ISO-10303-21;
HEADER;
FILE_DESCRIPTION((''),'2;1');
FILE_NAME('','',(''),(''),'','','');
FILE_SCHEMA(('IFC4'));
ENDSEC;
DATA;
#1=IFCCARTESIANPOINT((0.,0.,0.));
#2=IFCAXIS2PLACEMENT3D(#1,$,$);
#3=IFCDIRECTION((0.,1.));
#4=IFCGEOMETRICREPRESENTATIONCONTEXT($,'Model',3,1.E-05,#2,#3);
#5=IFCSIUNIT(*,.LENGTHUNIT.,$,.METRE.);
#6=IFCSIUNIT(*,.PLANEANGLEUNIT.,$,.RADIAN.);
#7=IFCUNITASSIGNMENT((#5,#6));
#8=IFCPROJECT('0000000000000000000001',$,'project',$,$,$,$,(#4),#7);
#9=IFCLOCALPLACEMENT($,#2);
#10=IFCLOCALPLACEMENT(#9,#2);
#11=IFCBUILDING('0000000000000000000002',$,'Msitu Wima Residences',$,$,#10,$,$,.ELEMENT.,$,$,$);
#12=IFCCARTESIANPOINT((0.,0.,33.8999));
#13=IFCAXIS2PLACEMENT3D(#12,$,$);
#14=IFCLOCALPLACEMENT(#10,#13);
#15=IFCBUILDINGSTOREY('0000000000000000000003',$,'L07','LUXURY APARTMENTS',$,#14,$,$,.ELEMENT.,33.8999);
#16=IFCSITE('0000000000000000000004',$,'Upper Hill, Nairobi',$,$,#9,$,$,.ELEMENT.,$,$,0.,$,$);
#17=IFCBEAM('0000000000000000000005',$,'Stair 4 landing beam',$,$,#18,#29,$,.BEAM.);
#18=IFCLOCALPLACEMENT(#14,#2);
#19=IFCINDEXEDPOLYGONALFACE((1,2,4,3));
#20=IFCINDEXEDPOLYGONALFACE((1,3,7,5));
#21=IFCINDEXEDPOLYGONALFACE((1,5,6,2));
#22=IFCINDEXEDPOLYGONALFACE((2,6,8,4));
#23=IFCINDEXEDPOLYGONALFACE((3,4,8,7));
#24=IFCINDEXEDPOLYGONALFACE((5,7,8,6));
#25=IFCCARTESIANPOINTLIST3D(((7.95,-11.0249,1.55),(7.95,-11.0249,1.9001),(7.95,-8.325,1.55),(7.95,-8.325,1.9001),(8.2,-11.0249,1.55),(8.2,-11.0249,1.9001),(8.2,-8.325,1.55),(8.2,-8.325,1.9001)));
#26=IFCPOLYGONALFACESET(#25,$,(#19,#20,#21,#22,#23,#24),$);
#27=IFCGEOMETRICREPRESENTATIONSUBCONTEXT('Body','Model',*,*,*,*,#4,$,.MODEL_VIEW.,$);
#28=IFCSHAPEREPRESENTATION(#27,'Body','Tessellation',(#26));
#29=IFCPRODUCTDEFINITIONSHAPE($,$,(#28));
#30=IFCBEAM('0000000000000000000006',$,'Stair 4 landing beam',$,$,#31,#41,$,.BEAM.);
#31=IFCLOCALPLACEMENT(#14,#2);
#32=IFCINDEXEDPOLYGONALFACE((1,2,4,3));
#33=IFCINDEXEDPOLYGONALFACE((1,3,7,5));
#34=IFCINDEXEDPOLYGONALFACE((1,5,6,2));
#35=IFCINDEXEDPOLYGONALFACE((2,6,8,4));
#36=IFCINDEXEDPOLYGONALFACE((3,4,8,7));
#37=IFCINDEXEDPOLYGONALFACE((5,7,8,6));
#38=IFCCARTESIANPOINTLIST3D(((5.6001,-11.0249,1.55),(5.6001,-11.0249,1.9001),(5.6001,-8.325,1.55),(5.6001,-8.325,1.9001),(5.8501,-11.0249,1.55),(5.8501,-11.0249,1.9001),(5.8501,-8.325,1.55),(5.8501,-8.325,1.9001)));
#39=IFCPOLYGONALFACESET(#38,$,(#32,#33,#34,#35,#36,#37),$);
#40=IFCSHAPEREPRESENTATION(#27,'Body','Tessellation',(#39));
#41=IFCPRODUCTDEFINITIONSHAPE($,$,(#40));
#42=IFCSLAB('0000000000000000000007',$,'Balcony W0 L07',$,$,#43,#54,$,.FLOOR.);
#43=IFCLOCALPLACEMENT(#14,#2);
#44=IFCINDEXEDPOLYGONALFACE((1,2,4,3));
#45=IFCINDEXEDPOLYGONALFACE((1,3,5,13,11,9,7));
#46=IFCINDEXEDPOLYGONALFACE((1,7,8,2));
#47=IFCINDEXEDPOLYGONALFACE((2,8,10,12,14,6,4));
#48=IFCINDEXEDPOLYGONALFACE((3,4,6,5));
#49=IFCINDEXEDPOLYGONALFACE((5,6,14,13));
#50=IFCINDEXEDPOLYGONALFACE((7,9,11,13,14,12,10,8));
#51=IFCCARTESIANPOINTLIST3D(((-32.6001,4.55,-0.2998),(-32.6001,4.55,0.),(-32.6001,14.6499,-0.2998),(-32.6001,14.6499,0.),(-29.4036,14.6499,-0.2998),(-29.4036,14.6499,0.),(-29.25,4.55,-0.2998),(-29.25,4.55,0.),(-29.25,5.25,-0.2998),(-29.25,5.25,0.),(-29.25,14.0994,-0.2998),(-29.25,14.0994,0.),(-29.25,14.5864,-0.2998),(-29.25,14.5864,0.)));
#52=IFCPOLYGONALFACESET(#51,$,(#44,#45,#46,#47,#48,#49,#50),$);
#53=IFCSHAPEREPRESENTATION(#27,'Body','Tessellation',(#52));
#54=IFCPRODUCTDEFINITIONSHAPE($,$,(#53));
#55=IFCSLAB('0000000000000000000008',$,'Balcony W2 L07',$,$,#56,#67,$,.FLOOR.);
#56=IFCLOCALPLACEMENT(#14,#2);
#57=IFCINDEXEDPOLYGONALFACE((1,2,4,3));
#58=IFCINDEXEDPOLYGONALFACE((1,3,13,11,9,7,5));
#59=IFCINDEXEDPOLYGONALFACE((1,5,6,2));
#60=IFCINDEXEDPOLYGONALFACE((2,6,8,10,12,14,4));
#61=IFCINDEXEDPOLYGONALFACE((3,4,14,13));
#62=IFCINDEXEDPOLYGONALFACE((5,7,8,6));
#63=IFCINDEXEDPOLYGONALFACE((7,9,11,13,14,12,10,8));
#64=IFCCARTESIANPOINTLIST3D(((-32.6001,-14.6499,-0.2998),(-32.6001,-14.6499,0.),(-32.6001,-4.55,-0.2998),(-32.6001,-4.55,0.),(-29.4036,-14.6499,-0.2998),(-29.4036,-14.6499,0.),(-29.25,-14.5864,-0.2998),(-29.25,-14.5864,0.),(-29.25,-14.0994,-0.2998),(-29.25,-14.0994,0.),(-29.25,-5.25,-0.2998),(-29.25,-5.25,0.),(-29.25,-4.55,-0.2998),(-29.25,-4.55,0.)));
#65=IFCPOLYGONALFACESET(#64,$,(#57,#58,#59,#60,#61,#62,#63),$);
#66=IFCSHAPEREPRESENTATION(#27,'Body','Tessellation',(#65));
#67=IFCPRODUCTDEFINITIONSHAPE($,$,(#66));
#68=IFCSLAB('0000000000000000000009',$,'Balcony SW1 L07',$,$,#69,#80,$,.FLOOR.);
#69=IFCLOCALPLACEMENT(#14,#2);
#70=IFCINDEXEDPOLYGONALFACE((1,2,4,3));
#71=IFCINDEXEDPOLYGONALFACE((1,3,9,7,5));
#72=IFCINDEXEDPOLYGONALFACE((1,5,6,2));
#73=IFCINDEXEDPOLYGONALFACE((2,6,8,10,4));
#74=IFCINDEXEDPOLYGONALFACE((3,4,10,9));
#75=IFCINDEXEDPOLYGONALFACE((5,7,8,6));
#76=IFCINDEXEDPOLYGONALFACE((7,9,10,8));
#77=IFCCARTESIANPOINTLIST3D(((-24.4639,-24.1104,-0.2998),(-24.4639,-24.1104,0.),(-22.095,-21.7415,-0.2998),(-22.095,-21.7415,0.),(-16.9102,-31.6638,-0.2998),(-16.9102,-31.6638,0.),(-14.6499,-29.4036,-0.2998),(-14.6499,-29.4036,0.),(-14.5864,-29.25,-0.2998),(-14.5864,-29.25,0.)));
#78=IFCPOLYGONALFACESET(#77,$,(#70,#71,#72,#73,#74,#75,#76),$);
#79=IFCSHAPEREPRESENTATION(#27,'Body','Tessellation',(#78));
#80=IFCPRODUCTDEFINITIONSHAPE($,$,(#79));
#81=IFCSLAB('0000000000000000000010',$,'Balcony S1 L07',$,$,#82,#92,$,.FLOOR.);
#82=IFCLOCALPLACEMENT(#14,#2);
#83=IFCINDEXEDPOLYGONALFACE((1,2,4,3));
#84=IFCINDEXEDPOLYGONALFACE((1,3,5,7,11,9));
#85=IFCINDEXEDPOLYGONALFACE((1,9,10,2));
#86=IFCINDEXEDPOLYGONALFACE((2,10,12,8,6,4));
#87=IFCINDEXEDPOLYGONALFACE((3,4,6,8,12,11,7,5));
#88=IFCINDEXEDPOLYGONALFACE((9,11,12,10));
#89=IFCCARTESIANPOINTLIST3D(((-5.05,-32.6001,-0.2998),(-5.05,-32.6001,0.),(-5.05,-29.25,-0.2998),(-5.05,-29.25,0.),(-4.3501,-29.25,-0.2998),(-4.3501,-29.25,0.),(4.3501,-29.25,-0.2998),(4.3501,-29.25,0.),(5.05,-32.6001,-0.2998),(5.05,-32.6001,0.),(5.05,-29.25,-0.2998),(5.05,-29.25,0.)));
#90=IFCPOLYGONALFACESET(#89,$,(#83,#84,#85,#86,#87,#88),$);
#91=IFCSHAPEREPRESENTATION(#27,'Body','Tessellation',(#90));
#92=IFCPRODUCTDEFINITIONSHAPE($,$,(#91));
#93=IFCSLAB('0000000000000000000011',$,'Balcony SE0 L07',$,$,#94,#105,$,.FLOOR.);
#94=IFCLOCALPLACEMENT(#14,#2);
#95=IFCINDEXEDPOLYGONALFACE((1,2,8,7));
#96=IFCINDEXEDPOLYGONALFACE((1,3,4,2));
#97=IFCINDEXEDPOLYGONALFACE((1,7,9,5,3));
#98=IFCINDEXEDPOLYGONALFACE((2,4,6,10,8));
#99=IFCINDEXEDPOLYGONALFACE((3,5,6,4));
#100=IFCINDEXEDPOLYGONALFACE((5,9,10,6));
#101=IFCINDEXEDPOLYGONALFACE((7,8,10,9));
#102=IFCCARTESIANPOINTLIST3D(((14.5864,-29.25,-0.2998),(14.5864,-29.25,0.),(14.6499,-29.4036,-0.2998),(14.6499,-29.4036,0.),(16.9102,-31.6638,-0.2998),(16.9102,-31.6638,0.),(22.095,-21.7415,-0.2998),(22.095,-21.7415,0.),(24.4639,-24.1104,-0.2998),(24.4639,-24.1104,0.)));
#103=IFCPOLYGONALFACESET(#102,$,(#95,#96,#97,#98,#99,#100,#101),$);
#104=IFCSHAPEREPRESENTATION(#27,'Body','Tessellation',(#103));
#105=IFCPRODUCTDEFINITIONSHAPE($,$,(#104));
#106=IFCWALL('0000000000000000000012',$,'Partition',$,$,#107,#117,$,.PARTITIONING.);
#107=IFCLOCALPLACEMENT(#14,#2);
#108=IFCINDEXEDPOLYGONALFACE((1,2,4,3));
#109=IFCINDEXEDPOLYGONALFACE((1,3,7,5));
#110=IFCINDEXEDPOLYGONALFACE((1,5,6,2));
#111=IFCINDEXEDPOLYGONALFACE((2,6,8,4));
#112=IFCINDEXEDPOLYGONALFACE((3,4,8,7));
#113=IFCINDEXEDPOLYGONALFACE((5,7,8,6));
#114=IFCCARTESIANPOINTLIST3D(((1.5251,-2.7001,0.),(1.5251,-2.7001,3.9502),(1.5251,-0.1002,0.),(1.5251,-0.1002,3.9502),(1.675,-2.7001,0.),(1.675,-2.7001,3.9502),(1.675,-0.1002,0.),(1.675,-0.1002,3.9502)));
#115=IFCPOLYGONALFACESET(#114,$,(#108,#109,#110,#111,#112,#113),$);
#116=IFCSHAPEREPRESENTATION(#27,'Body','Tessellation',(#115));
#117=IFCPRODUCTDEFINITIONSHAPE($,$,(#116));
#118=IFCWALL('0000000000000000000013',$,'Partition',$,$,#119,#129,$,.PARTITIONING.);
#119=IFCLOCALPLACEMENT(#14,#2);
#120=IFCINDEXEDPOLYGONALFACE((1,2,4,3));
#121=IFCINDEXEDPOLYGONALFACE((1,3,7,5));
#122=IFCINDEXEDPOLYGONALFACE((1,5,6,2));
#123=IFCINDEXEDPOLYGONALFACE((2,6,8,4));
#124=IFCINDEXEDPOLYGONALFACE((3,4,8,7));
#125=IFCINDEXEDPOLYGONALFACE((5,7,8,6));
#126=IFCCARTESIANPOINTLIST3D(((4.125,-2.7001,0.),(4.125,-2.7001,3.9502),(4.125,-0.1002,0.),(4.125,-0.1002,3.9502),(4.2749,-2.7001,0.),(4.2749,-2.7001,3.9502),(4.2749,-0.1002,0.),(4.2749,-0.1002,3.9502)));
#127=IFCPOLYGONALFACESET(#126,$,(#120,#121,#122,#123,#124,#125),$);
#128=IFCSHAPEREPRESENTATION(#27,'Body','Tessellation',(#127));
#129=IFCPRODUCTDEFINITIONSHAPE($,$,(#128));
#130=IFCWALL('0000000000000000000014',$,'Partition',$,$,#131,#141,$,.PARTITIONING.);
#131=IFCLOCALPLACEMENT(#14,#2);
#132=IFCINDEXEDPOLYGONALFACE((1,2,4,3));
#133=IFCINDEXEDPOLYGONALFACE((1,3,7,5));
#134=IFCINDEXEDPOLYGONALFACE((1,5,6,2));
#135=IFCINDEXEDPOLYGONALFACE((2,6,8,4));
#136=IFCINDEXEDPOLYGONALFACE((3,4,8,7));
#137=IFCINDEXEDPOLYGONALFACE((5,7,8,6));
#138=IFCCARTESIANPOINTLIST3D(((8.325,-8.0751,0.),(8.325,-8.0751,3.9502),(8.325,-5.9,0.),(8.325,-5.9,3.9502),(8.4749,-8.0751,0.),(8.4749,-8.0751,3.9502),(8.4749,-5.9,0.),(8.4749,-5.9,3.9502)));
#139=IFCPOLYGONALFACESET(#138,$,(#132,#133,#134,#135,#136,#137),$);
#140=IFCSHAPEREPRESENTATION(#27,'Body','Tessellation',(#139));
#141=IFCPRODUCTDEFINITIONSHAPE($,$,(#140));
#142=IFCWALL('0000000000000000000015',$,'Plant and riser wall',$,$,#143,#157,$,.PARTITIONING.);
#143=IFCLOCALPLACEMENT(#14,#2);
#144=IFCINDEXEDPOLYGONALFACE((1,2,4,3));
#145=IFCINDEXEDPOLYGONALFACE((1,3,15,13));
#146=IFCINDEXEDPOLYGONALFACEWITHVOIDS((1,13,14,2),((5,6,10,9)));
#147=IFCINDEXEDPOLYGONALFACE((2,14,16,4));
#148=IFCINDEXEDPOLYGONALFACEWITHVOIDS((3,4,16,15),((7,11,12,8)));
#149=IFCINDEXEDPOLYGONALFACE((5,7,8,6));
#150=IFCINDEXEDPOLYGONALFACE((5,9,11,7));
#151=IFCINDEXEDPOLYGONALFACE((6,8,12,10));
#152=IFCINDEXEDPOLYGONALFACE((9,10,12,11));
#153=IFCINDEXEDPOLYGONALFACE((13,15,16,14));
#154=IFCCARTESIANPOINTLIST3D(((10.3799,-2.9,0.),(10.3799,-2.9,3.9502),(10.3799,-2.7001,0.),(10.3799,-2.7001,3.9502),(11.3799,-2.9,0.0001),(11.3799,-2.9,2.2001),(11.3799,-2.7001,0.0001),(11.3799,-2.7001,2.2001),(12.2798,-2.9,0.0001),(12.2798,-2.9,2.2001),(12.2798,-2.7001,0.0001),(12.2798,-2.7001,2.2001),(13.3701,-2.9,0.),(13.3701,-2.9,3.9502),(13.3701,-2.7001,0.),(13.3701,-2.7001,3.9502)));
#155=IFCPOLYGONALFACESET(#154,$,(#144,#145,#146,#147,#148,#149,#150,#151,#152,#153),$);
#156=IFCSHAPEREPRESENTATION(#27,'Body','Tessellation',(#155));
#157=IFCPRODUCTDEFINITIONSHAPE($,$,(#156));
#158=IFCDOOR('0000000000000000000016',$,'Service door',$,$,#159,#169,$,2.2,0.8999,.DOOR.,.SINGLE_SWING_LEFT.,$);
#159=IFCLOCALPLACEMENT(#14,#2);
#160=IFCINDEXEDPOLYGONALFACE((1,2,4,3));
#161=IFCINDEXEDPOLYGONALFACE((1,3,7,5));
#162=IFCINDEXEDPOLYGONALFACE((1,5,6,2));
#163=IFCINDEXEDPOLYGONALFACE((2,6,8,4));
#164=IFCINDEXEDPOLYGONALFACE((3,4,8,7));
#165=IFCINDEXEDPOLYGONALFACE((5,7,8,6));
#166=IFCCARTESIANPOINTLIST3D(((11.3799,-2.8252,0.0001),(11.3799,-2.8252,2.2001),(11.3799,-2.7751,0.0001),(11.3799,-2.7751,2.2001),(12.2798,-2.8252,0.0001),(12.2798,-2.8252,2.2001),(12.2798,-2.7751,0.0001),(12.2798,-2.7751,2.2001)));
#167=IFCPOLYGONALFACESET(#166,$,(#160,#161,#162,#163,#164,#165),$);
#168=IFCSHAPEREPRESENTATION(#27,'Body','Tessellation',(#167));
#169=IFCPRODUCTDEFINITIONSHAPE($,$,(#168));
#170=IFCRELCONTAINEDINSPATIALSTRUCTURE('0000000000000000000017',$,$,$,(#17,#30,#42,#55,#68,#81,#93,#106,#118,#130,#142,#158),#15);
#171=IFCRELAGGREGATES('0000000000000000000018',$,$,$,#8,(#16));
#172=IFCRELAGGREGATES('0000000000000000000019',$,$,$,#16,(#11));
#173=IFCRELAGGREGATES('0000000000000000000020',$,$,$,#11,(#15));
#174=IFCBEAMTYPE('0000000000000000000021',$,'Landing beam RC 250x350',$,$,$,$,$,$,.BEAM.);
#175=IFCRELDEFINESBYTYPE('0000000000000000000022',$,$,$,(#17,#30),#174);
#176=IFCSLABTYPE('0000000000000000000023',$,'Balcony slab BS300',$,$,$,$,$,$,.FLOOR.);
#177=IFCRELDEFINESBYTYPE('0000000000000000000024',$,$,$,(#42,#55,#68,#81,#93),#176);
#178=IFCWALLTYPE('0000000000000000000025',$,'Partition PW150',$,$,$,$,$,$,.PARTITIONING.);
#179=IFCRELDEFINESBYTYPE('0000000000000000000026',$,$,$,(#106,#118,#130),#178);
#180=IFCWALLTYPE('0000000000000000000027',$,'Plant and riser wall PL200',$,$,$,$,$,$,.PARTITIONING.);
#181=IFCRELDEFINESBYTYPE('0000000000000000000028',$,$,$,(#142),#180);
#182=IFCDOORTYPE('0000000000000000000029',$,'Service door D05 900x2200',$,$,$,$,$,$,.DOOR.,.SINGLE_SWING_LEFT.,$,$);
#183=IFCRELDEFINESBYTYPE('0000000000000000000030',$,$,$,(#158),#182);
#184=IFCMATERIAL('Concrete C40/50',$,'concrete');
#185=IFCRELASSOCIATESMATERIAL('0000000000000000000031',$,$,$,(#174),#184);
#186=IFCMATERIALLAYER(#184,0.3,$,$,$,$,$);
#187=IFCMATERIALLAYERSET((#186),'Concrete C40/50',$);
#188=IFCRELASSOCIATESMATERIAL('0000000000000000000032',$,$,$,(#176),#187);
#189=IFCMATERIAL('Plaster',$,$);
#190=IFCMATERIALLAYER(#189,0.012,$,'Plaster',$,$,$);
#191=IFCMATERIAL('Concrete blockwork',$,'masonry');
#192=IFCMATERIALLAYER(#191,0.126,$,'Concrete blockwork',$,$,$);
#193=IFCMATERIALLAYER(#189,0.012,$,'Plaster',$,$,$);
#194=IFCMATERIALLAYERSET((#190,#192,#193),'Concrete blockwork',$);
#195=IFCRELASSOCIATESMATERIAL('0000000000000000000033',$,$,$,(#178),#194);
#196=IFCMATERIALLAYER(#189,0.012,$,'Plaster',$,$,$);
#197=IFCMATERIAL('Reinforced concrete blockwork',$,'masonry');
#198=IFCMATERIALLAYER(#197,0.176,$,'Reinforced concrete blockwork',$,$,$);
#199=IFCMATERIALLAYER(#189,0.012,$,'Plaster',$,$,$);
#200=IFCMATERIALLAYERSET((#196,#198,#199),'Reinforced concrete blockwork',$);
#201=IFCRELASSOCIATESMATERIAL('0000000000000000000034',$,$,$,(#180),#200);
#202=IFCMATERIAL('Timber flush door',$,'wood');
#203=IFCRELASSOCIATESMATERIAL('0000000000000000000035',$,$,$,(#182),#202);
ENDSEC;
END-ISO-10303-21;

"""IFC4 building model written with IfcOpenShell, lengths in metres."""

from ifc_helpers import new_model, si_unit, direction, frame, frame_2d, origin, origin_2d, place, context, subcontext, project, spatial, polyline, rectangle, outline, extrude, material, layer, layer_set, material_profile, profile_set, type_object, element, fill, save


model = new_model("IFC4")

# Units and contexts
model_context = context("Model", 3, precision=1e-05, world=origin(), true_north=direction((0.0, 1.0)))
body_context = subcontext(model_context, "Body", "Model", "MODEL_VIEW")
ifc_project = project(units=[si_unit("LENGTHUNIT", "METRE"), si_unit("PLANEANGLEUNIT", "RADIAN")], contexts=[model_context])

# Site, building, storey
site_placement = place(None, origin())
site = spatial("IfcSite", under=ifc_project, at=site_placement, Name="Upper Hill, Nairobi", CompositionType="ELEMENT", RefElevation=0.0)
building_placement = place(site_placement, origin())
building = spatial("IfcBuilding", under=site, at=building_placement, Name="Msitu Wima Residences", CompositionType="ELEMENT")
storey_placement = place(building_placement, frame((0.0, 0.0, 33.8999)))
storey = spatial("IfcBuildingStorey", under=building, at=storey_placement, Name="L07", Description="LUXURY APARTMENTS", CompositionType="ELEMENT", Elevation=33.8999)

# Beams
ifc_material_1 = material(Name="Concrete C40/50", Category="concrete")
ifc_material_profile = material_profile(ifc_material_1, rectangle(XDim=0.25, YDim=0.3501, at=origin_2d()), Name="RC 250x350")
ifc_profile_set = profile_set([ifc_material_profile], Name="Concrete C40/50")
beam_type = type_object("IfcBeamType", Name="Landing beam RC 250x350", PredefinedType="BEAM", material=ifc_profile_set)
for number, where, z_axis, x_axis, name in (
    (1, (8.075, -11.0249, 1.7251), (0.0, 1.0, 0.0), (-1.0, 0.0, 0.0), "Stair 4 landing beam"),
    (2, (5.7251, -11.0249, 1.7251), (0.0, 1.0, 0.0), (-1.0, 0.0, 0.0), "Stair 4 landing beam"),
):
    element("IfcBeam", number, at=place(storey_placement, frame(where, z_axis=z_axis, x_axis=x_axis)), inside=storey, type_object=beam_type, Name=name, PredefinedType="BEAM", context=body_context, shape_type="SweptSolid", body=[
        extrude(rectangle(XDim=0.25, YDim=0.3501, at=origin_2d()), origin(), (0.0, 0.0, 1.0), 2.7),
    ])

# Slabs
ifc_layer_1 = layer(ifc_material_1, 0.3)
ifc_layer_set_1 = layer_set([ifc_layer_1], Name="Concrete C40/50")
slab_type = type_object("IfcSlabType", Name="Balcony slab BS300", PredefinedType="FLOOR", material=ifc_layer_set_1)
slab_1_placement = place(storey_placement, frame((0.0, 0.0, -0.2998)))
element("IfcSlab", 3, at=slab_1_placement, inside=storey, type_object=slab_type, Name="Balcony W0 L07", PredefinedType="FLOOR", context=body_context, shape_type="SweptSolid", body=[
    extrude(outline(polyline([(-29.25, 14.0994), (-29.25, 14.0994), (-29.25, 5.25), (-29.25, 4.55), (-32.6001, 4.55), (-32.6001, 14.6499), (-29.4036, 14.6499), (-29.25, 14.5864), (-29.25, 14.0994), (-29.25, 14.0994)])), origin(), (0.0, 0.0, 1.0), 0.2998),
])
slab_2_placement = place(storey_placement, frame((0.0, 0.0, -0.2998)))
element("IfcSlab", 4, at=slab_2_placement, inside=storey, type_object=slab_type, Name="Balcony W2 L07", PredefinedType="FLOOR", context=body_context, shape_type="SweptSolid", body=[
    extrude(outline(polyline([(-29.25, -14.0994), (-29.25, -14.0994), (-29.25, -14.0994), (-29.25, -14.5864), (-29.4036, -14.6499), (-32.6001, -14.6499), (-32.6001, -4.55), (-29.25, -4.55), (-29.25, -5.25), (-29.25, -14.0994)])), origin(), (0.0, 0.0, 1.0), 0.2998),
])
slab_3_placement = place(storey_placement, frame((0.0, 0.0, -0.2998)))
element("IfcSlab", 5, at=slab_3_placement, inside=storey, type_object=slab_type, Name="Balcony SW1 L07", PredefinedType="FLOOR", context=body_context, shape_type="SweptSolid", body=[
    extrude(outline(polyline([(-16.9102, -31.6638), (-24.4639, -24.1104), (-22.095, -21.7415), (-14.5864, -29.25), (-14.6499, -29.4036), (-16.9102, -31.6638)])), origin(), (0.0, 0.0, 1.0), 0.2998),
])
slab_4_placement = place(storey_placement, frame((0.0, 0.0, -0.2998)))
element("IfcSlab", 6, at=slab_4_placement, inside=storey, type_object=slab_type, Name="Balcony S1 L07", PredefinedType="FLOOR", context=body_context, shape_type="SweptSolid", body=[
    extrude(outline(polyline([(-4.3501, -29.25), (4.3501, -29.25), (5.05, -29.25), (5.05, -32.6001), (-5.05, -32.6001), (-5.05, -29.25), (-4.3501, -29.25)])), origin(), (0.0, 0.0, 1.0), 0.2998),
])
slab_5_placement = place(storey_placement, frame((0.0, 0.0, -0.2998)))
element("IfcSlab", 7, at=slab_5_placement, inside=storey, type_object=slab_type, Name="Balcony SE0 L07", PredefinedType="FLOOR", context=body_context, shape_type="SweptSolid", body=[
    extrude(outline(polyline([(24.4639, -24.1104), (16.9102, -31.6638), (14.6499, -29.4036), (14.5864, -29.25), (22.095, -21.7415), (24.4639, -24.1104)])), origin(), (0.0, 0.0, 1.0), 0.2998),
])

# Walls
ifc_material_2 = material(Name="Plaster")
ifc_layer_2 = layer(ifc_material_2, 0.012, Name="Plaster")
ifc_material_3 = material(Name="Concrete blockwork", Category="masonry")
ifc_layer_3 = layer(ifc_material_3, 0.126, Name="Concrete blockwork")
ifc_layer_4 = layer(ifc_material_2, 0.012, Name="Plaster")
ifc_layer_set_2 = layer_set([ifc_layer_2, ifc_layer_3, ifc_layer_4], Name="Concrete blockwork")
wall_type_1 = type_object("IfcWallType", Name="Partition PW150", PredefinedType="PARTITIONING", material=ifc_layer_set_2)
for number, where, z_axis, x_axis, name in (
    (8, (1.6001, -2.7, 0.0), (0.0, 0.0, 1.0), (0.0, 1.0, 0.0), "Partition"),
    (9, (4.2, -2.7, 0.0), (0.0, 0.0, 1.0), (0.0, 1.0, 0.0), "Partition"),
):
    element("IfcWall", number, at=place(storey_placement, frame(where, z_axis=z_axis, x_axis=x_axis)), inside=storey, type_object=wall_type_1, Name=name, PredefinedType="PARTITIONING", context=body_context, shape_type="SweptSolid", body=[
        extrude(rectangle(XDim=2.5999, YDim=0.1499, at=frame_2d((1.2998, 0.0))), origin(), (0.0, 0.0, 1.0), 3.9502),
    ])
wall_1_placement = place(storey_placement, frame((8.3999, -8.075, 0.0), z_axis=(0.0, 0.0, 1.0), x_axis=(0.0, 1.0, 0.0)))
element("IfcWall", 10, at=wall_1_placement, inside=storey, type_object=wall_type_1, Name="Partition", PredefinedType="PARTITIONING", context=body_context, shape_type="SweptSolid", body=[
    extrude(rectangle(XDim=2.175, YDim=0.1499, at=frame_2d((1.0874, 0.0))), origin(), (0.0, 0.0, 1.0), 3.9502),
])

# Wall, opening, door
ifc_layer_5 = layer(ifc_material_2, 0.012, Name="Plaster")
ifc_material_4 = material(Name="Reinforced concrete blockwork", Category="masonry")
ifc_layer_6 = layer(ifc_material_4, 0.176, Name="Reinforced concrete blockwork")
ifc_layer_7 = layer(ifc_material_2, 0.012, Name="Plaster")
ifc_layer_set_3 = layer_set([ifc_layer_5, ifc_layer_6, ifc_layer_7], Name="Reinforced concrete blockwork")
wall_type_2 = type_object("IfcWallType", Name="Plant and riser wall PL200", PredefinedType="PARTITIONING", material=ifc_layer_set_3)
wall_2_placement = place(storey_placement, frame((10.3799, -2.8, 0.0), z_axis=(0.0, 0.0, 1.0), x_axis=(1.0, 0.0, 0.0)))
wall_2 = element("IfcWall", 11, at=wall_2_placement, inside=storey, type_object=wall_type_2, Name="Plant and riser wall", PredefinedType="PARTITIONING", context=body_context, shape_type="SweptSolid", body=[
    extrude(rectangle(XDim=2.9902, YDim=0.2, at=frame_2d((1.4951, 0.0))), origin(), (0.0, 0.0, 1.0), 3.9502),
])
opening_placement = place(wall_2_placement, frame((1.0, 0.0, 0.0)))
opening = element("IfcOpeningElement", 12, at=opening_placement, cuts=wall_2, PredefinedType="OPENING", context=body_context, shape_type="SweptSolid", body=[
    extrude(rectangle(XDim=0.8999, YDim=2.2, at=frame_2d((0.45, 1.1001))), frame((0.0, 0.1099, 0.0), z_axis=(0.0, -1.0, 0.0), x_axis=(1.0, 0.0, 0.0)), (0.0, 0.0, 1.0), 0.22),
])
ifc_material_5 = material(Name="Timber flush door", Category="wood")
door_type = type_object("IfcDoorType", Name="Service door D05 900x2200", OperationType="SINGLE_SWING_LEFT", PredefinedType="DOOR", material=ifc_material_5)
door_placement = place(opening_placement, origin())
door = element("IfcDoor", 13, at=door_placement, inside=storey, type_object=door_type, Name="Service door", OperationType="SINGLE_SWING_LEFT", OverallHeight=2.2, OverallWidth=0.8999, PredefinedType="DOOR", context=body_context, shape_type="SweptSolid", body=[
    extrude(rectangle(XDim=0.8999, YDim=2.2, at=frame_2d((0.45, 1.1001))), frame((0.0, 0.0249, 0.0), z_axis=(0.0, -1.0, 0.0), x_axis=(1.0, 0.0, 0.0)), (0.0, 0.0, 1.0), 0.05),
])
fill(opening, door)

save(model, "model.ifc")
